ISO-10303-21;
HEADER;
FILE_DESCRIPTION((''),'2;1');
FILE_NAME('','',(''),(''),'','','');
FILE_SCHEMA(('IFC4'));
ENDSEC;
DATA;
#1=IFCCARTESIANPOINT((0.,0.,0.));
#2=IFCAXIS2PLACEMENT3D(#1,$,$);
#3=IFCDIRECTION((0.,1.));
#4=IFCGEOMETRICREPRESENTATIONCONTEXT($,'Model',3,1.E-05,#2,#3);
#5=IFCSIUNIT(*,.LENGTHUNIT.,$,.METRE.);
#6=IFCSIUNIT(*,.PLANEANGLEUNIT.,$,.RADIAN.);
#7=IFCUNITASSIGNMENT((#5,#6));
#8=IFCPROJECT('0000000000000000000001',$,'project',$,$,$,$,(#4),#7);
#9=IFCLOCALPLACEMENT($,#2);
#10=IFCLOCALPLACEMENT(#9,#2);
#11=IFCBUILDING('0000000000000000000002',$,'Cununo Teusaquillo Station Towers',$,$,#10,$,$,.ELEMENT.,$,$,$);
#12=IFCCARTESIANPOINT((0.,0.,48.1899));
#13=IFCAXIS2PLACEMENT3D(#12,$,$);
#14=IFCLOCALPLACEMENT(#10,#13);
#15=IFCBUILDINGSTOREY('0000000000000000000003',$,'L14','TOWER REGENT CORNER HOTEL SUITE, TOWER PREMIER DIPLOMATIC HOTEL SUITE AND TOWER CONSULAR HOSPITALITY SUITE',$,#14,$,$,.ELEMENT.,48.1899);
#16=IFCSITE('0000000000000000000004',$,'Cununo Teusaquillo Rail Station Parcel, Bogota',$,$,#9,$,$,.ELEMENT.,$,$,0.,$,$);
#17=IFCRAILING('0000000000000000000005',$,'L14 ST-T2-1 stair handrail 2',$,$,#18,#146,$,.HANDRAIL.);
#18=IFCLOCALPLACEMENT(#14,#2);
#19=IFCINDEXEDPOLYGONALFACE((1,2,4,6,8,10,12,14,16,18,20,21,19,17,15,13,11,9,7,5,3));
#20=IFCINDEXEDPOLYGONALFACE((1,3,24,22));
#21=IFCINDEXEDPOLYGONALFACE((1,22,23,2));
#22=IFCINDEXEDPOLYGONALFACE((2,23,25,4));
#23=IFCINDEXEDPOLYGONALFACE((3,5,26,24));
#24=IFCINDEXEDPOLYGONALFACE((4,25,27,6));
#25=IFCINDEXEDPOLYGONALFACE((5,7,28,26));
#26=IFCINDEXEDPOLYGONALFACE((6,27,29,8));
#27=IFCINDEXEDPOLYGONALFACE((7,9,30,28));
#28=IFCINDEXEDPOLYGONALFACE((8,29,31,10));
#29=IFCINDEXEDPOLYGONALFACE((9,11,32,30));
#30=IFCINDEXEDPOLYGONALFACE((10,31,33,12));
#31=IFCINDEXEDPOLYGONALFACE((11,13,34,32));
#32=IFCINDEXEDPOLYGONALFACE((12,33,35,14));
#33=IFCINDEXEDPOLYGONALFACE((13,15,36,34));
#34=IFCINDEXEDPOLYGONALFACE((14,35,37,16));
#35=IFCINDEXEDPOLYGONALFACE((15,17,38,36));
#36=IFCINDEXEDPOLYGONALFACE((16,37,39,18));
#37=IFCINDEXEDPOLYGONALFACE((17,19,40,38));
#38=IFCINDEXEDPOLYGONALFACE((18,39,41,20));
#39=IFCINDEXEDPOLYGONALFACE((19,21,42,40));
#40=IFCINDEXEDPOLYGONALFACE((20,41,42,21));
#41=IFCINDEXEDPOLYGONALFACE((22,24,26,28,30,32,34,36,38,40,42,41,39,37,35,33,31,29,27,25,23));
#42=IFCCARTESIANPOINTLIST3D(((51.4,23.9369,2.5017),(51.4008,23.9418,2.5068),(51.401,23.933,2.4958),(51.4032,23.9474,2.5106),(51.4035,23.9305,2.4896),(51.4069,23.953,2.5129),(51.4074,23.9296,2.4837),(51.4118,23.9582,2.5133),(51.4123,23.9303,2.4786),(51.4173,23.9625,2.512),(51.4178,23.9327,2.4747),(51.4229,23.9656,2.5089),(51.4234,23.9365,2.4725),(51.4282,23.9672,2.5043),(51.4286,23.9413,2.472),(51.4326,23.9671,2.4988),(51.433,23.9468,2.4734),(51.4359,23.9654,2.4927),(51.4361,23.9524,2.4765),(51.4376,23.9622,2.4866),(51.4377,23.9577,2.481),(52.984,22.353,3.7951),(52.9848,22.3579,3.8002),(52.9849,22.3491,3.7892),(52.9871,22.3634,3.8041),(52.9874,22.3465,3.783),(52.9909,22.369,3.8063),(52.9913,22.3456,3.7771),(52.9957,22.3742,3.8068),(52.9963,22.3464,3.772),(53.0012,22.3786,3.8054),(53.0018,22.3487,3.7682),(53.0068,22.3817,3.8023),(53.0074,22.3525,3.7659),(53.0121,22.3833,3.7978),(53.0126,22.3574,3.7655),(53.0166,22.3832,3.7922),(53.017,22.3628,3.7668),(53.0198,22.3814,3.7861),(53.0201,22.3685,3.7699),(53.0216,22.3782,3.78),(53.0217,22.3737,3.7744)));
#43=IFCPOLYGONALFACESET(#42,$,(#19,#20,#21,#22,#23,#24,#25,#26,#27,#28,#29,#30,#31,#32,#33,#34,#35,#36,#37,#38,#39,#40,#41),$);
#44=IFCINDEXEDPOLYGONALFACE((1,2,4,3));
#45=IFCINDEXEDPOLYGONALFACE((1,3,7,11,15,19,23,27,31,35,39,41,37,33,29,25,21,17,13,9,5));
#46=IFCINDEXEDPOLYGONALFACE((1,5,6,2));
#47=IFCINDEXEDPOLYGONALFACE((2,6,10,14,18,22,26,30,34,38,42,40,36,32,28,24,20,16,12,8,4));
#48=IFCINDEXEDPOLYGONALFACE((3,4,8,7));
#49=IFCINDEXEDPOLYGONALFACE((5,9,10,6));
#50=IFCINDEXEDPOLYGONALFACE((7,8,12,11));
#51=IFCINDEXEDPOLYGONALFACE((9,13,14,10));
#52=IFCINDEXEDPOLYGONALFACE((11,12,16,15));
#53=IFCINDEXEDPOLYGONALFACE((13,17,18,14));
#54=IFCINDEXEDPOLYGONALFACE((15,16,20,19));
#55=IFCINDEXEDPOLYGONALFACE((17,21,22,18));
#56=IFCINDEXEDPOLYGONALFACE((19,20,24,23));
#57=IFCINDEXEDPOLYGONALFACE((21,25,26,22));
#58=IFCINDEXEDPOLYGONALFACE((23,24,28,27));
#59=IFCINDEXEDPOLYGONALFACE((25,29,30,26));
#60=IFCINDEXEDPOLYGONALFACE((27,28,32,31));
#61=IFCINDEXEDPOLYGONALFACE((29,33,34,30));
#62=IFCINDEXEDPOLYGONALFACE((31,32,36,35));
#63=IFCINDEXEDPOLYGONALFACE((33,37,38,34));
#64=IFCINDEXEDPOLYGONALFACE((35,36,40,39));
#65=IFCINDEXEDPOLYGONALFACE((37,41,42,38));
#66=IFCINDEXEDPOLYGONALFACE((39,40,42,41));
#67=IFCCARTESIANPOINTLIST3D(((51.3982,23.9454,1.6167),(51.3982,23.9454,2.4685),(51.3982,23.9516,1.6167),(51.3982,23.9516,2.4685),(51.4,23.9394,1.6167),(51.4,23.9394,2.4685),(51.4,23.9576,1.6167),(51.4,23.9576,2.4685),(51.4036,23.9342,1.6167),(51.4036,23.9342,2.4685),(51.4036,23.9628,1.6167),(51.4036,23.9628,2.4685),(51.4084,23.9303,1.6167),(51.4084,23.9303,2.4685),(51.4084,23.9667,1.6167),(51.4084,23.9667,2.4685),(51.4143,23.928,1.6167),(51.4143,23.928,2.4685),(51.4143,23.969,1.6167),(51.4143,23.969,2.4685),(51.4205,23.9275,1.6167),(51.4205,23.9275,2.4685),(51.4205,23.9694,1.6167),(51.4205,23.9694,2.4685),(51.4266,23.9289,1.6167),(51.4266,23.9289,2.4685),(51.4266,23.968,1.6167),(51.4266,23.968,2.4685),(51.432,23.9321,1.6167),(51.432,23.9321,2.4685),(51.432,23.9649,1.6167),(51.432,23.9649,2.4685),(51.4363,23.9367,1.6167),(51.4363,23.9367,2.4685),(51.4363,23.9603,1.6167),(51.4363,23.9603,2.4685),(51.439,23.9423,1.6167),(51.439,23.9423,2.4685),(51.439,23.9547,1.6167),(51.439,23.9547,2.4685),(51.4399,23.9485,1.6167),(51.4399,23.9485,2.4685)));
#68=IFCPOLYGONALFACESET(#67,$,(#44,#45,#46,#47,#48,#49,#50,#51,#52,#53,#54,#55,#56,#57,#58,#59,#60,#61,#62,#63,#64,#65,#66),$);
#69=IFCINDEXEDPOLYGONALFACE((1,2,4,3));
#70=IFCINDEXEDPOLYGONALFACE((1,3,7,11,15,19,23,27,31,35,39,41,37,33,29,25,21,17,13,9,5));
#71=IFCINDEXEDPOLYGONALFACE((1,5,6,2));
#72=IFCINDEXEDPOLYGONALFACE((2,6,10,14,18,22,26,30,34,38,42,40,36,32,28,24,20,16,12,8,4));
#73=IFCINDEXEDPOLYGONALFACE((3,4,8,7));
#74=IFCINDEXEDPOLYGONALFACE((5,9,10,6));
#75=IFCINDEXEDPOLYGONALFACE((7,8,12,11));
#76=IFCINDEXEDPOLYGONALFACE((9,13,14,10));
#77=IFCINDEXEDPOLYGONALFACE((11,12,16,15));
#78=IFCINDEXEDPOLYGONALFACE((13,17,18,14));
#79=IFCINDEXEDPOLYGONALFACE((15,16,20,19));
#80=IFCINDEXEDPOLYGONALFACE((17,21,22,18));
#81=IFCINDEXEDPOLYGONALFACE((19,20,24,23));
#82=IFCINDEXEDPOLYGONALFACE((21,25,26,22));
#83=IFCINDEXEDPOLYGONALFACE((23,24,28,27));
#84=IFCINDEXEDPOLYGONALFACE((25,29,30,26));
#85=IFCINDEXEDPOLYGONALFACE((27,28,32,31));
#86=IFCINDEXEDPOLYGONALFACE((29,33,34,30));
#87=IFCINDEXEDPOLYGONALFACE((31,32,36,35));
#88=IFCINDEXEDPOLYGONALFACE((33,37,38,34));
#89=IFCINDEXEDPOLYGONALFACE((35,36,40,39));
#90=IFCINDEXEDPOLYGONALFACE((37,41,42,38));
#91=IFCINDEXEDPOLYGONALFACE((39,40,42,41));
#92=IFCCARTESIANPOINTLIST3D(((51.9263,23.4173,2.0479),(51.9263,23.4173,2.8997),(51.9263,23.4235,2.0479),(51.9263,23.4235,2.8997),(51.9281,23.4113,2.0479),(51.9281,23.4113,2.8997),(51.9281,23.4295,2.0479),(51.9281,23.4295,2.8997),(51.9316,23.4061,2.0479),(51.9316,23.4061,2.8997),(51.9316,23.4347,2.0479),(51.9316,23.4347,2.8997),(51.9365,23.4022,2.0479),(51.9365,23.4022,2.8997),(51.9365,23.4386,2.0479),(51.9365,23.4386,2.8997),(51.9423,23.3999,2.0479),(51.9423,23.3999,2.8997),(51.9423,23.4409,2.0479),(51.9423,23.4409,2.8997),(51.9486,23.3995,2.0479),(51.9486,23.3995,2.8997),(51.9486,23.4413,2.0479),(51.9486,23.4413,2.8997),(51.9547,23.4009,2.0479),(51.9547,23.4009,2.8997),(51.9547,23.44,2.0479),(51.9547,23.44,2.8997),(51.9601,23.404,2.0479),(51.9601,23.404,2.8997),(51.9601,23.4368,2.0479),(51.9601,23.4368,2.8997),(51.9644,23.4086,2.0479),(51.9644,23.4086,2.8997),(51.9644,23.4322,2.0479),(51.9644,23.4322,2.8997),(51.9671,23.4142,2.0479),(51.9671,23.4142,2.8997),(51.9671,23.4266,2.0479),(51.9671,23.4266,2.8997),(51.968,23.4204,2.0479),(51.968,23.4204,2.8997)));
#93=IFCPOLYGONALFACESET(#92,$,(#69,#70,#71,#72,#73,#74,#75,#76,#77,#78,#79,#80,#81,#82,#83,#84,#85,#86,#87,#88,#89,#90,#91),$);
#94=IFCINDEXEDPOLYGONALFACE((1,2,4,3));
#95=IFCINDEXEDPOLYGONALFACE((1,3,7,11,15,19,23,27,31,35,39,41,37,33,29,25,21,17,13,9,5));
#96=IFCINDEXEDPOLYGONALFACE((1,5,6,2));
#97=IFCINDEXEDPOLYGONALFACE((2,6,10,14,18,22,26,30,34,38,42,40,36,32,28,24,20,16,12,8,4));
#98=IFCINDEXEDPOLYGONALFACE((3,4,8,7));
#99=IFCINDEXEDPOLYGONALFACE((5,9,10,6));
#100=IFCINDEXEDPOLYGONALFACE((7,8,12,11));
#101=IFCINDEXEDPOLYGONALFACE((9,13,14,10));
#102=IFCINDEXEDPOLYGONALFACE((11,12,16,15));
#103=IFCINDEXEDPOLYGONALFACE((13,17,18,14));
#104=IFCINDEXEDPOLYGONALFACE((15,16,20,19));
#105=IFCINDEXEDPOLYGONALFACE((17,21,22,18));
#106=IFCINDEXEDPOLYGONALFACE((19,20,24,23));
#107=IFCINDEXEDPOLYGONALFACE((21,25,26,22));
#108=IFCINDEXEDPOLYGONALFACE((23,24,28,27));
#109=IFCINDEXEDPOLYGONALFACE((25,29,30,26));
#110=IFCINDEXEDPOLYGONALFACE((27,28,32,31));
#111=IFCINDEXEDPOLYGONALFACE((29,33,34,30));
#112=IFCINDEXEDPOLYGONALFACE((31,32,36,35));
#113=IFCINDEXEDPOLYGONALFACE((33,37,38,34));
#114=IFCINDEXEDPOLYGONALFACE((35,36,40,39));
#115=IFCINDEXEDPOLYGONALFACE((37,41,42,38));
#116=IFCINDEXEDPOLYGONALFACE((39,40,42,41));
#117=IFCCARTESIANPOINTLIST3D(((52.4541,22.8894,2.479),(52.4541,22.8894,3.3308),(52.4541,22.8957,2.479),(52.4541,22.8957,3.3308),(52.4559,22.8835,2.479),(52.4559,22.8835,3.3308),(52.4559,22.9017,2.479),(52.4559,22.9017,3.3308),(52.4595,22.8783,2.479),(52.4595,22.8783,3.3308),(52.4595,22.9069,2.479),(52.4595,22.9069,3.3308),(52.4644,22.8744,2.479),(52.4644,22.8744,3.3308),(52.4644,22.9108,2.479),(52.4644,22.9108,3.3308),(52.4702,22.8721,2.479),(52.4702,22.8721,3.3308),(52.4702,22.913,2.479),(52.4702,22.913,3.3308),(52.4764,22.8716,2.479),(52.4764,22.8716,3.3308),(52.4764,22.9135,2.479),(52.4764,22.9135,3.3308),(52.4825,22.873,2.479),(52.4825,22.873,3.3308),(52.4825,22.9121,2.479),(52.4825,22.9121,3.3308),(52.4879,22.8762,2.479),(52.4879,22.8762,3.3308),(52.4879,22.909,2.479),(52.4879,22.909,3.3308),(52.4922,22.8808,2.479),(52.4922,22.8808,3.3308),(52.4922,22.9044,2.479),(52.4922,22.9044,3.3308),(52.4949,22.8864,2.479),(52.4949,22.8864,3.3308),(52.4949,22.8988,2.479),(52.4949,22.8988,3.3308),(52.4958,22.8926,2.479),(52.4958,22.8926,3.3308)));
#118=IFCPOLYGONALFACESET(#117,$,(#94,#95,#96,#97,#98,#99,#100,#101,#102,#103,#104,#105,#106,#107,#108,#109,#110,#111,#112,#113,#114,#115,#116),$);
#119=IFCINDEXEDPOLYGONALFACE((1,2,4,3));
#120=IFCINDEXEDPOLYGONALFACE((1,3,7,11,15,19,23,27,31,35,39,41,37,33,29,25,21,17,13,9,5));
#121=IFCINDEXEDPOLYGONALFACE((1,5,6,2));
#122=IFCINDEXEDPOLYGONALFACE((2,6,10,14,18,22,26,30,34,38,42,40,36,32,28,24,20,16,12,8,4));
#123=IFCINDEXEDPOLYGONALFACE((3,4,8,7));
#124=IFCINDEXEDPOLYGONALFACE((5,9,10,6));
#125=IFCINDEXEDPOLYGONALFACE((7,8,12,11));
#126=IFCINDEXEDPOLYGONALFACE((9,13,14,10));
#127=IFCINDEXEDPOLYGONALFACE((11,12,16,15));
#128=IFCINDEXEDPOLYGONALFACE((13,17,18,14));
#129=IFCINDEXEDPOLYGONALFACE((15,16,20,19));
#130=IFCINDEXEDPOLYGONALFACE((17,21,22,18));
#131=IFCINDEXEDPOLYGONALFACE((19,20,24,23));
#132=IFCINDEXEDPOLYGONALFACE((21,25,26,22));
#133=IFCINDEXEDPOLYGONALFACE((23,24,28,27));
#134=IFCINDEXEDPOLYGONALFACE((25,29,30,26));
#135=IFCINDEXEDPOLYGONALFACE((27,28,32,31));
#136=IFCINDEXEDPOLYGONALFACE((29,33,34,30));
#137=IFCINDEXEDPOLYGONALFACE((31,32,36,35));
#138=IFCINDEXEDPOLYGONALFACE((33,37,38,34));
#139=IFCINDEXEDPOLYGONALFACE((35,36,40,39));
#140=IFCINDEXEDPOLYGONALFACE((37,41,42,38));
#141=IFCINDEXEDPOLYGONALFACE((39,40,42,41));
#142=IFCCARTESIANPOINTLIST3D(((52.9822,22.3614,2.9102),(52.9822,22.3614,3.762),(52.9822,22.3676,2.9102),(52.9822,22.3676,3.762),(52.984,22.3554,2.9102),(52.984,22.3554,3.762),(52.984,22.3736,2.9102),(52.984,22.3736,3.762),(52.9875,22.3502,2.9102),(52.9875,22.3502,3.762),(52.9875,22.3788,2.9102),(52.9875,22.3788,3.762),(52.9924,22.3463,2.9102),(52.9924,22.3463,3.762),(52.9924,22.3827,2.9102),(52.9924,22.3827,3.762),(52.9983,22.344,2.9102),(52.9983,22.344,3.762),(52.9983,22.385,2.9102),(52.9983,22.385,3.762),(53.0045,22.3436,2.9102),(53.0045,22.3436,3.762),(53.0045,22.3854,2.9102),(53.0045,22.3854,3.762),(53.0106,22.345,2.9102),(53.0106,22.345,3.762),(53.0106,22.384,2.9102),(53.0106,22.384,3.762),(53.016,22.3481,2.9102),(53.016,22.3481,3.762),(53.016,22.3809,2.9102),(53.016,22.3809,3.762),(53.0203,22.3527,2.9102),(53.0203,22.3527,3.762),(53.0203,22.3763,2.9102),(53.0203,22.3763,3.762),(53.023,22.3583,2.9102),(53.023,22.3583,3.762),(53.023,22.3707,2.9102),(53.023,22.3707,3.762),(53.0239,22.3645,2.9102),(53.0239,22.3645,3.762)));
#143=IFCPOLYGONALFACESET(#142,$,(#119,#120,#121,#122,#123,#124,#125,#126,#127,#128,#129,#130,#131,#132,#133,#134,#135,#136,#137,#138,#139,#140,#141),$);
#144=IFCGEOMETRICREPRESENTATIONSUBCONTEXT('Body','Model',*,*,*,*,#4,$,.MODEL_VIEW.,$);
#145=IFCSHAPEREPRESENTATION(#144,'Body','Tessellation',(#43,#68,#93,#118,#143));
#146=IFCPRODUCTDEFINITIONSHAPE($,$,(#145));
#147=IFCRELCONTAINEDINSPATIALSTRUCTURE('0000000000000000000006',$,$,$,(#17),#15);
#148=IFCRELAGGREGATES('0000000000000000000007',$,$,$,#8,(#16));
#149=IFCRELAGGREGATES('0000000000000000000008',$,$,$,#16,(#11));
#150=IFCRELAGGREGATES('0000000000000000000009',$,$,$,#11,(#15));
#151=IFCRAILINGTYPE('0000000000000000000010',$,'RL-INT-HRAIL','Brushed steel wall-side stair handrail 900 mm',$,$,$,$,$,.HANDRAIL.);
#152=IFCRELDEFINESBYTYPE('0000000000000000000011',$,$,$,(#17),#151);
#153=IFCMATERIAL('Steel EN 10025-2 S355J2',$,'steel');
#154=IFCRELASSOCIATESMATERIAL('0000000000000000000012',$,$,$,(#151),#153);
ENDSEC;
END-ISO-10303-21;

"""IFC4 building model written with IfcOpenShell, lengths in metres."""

from ifc_helpers import new_model, si_unit, direction, frame, origin, origin_2d, place, context, subcontext, project, spatial, circle, extrude, material, type_object, element, save


model = new_model("IFC4")

# Units and contexts
model_context = context("Model", 3, precision=1e-05, world=origin(), true_north=direction((0.0, 1.0)))
body_context = subcontext(model_context, "Body", "Model", "MODEL_VIEW")
ifc_project = project(units=[si_unit("LENGTHUNIT", "METRE"), si_unit("PLANEANGLEUNIT", "RADIAN")], contexts=[model_context])

# Site, building, storey
site_placement = place(None, origin())
site = spatial("IfcSite", under=ifc_project, at=site_placement, Name="Cununo Teusaquillo Rail Station Parcel, Bogota", CompositionType="ELEMENT", RefElevation=0.0)
building_placement = place(site_placement, origin())
building = spatial("IfcBuilding", under=site, at=building_placement, Name="Cununo Teusaquillo Station Towers", CompositionType="ELEMENT")
storey_placement = place(building_placement, frame((0.0, 0.0, 48.1899)))
storey = spatial("IfcBuildingStorey", under=building, at=storey_placement, Name="L14", Description="TOWER REGENT CORNER HOTEL SUITE, TOWER PREMIER DIPLOMATIC HOTEL SUITE AND TOWER CONSULAR HOSPITALITY SUITE", CompositionType="ELEMENT", Elevation=48.1899)

# Railing
ifc_material_1 = material(Name="Steel EN 10025-2 S355J2", Category="steel")
railing_type = type_object("IfcRailingType", Name="RL-INT-HRAIL", Description="Brushed steel wall-side stair handrail 900 mm", PredefinedType="HANDRAIL", material=ifc_material_1)
railing_placement = place(storey_placement, frame((51.4189, 23.9485, 1.6167)))
element("IfcRailing", 1, at=railing_placement, inside=storey, type_object=railing_type, Name="L14 ST-T2-1 stair handrail 2", PredefinedType="HANDRAIL", context=body_context, shape_type="SweptSolid", body=[
    extrude(circle(Radius=0.0239, at=origin_2d()), frame((0.0, 0.0, 0.876), z_axis=(0.612356, -0.612356, 0.50004), x_axis=(0.707107, 0.707107, 0.0)), (0.0, 0.0, 1.0), 2.5867),
    extrude(circle(Radius=0.021, at=origin_2d()), origin(), (0.0, 0.0, 1.0), 0.8518),
    extrude(circle(Radius=0.021, at=origin_2d()), frame((0.5281, -0.5281, 0.4312)), (0.0, 0.0, 1.0), 0.8518),
    extrude(circle(Radius=0.021, at=origin_2d()), frame((1.0559, -1.0559, 0.8623)), (0.0, 0.0, 1.0), 0.8518),
    extrude(circle(Radius=0.021, at=origin_2d()), frame((1.584, -1.584, 1.2935)), (0.0, 0.0, 1.0), 0.8518),
])

save(model, "model.ifc")
